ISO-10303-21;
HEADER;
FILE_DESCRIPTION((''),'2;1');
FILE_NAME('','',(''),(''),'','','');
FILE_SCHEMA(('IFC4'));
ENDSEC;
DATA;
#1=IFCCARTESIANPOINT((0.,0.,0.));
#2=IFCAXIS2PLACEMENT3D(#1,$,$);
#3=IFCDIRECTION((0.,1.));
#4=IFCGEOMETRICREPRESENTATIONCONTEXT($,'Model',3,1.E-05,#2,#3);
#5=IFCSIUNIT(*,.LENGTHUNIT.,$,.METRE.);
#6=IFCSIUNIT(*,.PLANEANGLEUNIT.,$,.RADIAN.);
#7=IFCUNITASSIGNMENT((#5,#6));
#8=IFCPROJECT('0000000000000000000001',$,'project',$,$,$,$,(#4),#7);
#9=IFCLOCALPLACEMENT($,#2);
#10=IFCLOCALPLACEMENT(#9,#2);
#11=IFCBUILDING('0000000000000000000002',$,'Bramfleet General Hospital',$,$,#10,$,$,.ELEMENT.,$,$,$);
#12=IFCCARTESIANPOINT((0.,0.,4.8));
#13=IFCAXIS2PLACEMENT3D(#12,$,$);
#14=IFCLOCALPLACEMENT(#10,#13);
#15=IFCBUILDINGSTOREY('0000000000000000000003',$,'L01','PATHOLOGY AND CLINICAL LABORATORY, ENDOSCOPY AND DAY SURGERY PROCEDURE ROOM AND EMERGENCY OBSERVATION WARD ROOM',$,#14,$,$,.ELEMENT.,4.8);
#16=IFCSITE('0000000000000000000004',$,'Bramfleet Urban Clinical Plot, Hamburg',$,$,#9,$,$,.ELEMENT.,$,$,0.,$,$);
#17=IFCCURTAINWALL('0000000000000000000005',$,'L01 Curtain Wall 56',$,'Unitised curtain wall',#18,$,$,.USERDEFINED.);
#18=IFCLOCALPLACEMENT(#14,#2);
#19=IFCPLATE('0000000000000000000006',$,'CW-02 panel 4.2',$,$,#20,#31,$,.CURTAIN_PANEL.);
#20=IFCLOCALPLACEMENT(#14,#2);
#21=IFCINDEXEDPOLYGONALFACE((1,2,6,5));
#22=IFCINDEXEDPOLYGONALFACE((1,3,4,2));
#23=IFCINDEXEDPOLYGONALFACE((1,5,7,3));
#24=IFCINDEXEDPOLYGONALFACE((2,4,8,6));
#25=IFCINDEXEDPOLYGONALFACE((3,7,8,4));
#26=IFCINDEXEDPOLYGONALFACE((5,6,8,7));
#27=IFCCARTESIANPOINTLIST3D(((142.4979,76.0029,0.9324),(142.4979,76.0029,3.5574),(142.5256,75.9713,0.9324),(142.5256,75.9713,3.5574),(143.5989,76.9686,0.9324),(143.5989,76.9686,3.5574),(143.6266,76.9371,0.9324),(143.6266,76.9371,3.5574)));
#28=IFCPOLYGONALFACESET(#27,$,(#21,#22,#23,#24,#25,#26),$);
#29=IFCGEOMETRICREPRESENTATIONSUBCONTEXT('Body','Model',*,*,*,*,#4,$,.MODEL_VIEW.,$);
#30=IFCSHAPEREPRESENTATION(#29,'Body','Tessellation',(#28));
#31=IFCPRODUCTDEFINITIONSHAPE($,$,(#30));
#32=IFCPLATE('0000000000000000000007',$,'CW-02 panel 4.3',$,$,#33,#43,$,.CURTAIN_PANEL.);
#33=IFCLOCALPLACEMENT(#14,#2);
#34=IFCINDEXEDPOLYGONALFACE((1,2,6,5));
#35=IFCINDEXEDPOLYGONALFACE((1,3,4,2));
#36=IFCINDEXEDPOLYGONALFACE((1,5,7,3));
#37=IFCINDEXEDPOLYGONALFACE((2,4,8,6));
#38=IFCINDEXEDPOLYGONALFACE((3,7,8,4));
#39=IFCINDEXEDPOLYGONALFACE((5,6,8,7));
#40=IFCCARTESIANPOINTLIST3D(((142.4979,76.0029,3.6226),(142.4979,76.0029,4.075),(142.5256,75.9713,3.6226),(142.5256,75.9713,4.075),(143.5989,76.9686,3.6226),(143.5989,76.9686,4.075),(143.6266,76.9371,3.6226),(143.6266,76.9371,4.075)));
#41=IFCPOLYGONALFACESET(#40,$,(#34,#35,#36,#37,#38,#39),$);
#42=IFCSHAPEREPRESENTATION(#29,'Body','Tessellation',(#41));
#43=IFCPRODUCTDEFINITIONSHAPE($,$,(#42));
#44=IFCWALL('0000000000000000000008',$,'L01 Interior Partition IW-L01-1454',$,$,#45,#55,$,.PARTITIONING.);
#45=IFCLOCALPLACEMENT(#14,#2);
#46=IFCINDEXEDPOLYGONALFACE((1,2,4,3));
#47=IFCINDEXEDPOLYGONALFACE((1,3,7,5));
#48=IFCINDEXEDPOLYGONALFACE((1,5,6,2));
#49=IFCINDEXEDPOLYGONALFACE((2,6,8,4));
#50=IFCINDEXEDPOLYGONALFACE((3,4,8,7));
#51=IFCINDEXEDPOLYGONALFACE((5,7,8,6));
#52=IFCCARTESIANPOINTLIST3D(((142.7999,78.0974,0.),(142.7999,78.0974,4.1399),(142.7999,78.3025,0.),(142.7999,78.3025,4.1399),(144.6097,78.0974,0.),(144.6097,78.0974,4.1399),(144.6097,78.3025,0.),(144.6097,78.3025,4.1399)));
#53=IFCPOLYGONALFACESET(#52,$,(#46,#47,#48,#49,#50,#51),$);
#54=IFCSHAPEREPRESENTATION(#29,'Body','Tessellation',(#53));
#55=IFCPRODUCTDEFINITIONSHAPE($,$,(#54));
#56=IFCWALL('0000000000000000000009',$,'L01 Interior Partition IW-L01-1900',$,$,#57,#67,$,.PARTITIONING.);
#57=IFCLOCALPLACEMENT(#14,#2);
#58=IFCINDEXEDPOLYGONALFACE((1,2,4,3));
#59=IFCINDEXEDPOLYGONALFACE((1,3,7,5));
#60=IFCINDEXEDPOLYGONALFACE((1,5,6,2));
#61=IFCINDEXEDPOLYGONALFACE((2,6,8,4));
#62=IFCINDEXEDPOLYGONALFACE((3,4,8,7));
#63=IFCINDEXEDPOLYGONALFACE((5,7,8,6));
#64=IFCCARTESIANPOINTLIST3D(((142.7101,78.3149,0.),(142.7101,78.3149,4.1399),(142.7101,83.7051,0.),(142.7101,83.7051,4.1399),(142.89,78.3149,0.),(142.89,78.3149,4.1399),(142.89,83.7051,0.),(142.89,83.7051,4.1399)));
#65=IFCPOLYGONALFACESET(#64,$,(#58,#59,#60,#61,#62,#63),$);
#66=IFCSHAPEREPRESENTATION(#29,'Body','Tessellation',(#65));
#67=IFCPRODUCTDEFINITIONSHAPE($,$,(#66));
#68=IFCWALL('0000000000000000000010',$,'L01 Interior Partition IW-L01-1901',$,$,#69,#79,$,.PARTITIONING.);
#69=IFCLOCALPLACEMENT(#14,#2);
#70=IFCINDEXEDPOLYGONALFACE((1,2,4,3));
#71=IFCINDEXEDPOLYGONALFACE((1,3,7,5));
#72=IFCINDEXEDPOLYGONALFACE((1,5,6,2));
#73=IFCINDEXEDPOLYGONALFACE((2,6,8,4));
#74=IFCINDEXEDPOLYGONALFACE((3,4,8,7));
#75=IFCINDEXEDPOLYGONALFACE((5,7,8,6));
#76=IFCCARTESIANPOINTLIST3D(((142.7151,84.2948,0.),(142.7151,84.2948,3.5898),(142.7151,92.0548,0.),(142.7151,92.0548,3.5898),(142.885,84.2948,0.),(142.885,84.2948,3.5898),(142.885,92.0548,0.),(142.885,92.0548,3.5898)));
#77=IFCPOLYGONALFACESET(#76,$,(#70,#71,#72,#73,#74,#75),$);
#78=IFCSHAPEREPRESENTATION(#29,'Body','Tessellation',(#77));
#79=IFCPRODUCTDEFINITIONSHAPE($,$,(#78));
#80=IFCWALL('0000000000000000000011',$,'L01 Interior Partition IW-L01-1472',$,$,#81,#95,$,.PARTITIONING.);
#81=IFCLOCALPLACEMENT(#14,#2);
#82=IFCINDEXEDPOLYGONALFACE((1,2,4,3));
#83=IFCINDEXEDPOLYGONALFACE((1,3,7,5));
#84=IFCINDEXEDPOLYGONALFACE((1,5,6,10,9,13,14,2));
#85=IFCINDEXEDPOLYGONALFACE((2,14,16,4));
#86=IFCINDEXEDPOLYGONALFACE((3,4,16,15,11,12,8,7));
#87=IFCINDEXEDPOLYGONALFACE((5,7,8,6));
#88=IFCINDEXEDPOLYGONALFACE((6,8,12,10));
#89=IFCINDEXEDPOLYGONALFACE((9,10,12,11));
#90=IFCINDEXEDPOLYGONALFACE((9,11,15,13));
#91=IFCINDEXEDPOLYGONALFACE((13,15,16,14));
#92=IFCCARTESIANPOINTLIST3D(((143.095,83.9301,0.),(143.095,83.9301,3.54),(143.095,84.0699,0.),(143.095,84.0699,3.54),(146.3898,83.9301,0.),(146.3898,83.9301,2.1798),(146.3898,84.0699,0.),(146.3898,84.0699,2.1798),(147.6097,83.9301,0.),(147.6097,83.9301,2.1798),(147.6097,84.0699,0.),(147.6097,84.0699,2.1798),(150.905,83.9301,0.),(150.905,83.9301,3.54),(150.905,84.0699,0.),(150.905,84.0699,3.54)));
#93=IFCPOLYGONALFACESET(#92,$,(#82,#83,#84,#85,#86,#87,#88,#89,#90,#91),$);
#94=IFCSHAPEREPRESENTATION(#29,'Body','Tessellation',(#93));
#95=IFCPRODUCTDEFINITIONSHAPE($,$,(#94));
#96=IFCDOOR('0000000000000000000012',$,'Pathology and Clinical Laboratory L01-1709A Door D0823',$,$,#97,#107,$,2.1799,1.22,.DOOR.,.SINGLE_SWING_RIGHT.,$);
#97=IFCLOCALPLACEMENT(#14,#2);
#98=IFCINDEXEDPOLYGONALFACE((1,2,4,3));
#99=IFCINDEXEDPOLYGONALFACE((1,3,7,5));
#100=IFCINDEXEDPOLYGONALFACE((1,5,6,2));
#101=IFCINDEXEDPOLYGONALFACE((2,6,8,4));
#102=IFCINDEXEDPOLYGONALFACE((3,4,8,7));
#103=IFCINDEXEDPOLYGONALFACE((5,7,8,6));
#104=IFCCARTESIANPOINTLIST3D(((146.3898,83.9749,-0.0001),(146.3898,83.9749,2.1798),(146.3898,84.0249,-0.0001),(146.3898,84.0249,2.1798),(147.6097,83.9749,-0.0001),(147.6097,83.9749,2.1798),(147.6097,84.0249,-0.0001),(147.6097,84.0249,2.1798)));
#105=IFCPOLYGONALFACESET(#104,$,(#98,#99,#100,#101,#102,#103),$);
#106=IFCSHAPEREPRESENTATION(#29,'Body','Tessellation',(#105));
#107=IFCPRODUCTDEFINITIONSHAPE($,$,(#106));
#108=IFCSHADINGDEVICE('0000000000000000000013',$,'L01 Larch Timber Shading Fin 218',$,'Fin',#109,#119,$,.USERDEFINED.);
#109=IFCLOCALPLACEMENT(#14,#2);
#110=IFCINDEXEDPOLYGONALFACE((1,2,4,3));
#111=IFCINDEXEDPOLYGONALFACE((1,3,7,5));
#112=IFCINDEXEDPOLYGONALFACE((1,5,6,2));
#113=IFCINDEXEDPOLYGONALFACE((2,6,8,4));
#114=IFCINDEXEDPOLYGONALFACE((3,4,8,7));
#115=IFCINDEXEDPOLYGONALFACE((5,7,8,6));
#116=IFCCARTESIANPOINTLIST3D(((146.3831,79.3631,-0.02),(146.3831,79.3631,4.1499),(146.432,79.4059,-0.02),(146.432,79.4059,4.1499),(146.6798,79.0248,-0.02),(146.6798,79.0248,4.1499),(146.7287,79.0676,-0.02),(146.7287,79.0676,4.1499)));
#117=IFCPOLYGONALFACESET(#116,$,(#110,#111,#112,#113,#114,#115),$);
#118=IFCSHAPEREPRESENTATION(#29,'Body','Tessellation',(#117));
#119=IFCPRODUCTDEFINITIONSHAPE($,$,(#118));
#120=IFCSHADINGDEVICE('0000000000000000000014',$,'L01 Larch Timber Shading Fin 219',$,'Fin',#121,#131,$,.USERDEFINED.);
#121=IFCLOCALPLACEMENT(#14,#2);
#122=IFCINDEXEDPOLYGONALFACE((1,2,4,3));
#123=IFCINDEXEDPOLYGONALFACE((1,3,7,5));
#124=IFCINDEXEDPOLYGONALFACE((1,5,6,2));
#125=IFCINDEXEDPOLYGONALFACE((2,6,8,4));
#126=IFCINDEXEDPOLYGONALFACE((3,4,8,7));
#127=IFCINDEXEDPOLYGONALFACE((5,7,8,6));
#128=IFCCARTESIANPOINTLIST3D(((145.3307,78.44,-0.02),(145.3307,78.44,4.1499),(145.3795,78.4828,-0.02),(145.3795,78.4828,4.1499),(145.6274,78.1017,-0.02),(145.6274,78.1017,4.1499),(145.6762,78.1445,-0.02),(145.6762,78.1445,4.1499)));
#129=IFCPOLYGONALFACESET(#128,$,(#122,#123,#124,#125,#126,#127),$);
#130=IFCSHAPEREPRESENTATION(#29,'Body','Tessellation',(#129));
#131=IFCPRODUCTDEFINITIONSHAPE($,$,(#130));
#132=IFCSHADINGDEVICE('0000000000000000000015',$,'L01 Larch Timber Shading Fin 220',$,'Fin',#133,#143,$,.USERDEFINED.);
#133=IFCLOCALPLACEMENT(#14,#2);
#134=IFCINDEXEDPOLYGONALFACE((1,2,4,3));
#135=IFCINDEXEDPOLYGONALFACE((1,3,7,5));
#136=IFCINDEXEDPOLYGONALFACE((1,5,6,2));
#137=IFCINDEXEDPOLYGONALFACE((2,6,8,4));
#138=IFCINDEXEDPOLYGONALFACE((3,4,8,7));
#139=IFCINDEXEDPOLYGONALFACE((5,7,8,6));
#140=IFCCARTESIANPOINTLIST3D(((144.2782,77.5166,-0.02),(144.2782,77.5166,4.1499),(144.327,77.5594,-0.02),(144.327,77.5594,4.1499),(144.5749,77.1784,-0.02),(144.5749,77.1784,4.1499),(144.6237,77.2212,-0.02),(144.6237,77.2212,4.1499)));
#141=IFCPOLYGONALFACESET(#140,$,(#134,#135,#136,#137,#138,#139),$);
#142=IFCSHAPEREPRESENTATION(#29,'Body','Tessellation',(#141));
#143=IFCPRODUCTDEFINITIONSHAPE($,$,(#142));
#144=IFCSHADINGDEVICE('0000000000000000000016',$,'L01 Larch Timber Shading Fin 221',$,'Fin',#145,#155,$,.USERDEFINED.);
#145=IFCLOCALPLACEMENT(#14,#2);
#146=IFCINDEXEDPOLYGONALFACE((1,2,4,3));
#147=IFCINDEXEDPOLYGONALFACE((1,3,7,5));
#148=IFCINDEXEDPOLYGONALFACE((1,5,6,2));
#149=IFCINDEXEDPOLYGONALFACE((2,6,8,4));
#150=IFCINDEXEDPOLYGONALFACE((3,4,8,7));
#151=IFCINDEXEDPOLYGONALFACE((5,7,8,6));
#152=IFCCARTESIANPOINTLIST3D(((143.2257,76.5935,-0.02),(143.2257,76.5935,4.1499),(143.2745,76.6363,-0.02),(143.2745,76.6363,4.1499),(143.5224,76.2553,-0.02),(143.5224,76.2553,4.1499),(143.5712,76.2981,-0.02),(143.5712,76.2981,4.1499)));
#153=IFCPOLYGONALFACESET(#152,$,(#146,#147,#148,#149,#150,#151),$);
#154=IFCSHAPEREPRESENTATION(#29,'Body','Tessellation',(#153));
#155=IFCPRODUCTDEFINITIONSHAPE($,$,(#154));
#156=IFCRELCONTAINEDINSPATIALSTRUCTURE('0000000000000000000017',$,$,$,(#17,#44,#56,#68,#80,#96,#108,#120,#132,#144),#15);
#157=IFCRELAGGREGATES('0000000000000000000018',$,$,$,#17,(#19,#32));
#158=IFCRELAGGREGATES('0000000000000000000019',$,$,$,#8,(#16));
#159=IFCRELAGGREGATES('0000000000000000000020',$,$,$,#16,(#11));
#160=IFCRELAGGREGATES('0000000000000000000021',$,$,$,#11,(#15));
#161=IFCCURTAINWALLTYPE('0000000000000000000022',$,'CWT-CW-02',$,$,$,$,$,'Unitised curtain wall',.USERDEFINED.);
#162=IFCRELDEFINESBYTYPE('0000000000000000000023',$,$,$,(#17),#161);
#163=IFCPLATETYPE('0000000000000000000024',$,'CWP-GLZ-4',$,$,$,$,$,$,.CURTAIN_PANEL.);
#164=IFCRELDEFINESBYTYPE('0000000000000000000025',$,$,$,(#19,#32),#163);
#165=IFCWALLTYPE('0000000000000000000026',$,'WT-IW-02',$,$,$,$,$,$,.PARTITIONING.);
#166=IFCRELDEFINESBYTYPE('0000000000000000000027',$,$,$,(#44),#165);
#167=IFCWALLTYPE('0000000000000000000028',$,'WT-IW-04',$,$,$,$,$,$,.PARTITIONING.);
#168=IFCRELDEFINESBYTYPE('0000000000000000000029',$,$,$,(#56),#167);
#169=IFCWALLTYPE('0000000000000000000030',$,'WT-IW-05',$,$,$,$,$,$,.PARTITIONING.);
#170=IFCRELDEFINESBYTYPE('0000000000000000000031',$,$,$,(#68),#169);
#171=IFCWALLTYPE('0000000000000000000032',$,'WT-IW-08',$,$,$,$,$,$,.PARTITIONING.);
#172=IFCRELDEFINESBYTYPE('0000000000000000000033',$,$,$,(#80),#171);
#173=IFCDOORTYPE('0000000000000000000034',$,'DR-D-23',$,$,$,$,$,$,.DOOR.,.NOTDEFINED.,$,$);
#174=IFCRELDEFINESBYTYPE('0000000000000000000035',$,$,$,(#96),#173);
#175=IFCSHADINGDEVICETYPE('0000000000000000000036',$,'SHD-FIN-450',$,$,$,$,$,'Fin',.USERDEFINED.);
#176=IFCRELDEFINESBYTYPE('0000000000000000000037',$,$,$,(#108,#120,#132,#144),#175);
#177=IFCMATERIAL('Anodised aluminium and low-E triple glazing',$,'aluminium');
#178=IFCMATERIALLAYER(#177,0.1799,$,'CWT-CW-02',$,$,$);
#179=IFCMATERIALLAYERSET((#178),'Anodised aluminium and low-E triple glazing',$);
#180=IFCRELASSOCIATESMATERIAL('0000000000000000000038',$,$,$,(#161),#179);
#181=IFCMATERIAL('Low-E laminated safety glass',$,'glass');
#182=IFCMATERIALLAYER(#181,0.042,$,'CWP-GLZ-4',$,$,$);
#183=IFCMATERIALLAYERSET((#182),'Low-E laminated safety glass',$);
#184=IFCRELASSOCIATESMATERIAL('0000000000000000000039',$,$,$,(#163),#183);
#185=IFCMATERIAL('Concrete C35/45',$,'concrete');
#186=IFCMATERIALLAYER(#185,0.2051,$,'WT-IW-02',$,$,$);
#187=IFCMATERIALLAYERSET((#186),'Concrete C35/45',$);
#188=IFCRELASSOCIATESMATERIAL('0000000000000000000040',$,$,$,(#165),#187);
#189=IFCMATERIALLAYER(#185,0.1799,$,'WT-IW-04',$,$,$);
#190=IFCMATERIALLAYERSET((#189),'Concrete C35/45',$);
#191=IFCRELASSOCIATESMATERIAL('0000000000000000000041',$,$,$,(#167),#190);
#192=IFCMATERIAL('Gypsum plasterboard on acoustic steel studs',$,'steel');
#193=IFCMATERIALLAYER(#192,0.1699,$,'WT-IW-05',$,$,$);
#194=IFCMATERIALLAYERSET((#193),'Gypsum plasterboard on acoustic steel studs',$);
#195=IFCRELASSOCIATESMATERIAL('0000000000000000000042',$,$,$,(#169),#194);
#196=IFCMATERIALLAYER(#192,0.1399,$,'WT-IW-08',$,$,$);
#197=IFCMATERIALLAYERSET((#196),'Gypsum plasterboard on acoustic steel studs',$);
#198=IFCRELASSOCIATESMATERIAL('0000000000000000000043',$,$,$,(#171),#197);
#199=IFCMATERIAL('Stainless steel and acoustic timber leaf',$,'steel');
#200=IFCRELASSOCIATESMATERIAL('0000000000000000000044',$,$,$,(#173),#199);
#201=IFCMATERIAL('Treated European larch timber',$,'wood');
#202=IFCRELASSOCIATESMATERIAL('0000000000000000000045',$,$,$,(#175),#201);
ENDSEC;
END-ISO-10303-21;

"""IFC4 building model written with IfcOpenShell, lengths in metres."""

from ifc_helpers import new_model, si_unit, direction, frame, frame_2d, origin, origin_2d, place, context, subcontext, project, spatial, rectangle, extrude, material, layer, layer_set, material_profile, profile_set, type_object, element, fill, aggregate, save


model = new_model("IFC4")

# Units and contexts
model_context = context("Model", 3, precision=1e-05, world=origin(), true_north=direction((0.0, 1.0)))
body_context = subcontext(model_context, "Body", "Model", "MODEL_VIEW")
ifc_project = project(units=[si_unit("LENGTHUNIT", "METRE"), si_unit("PLANEANGLEUNIT", "RADIAN")], contexts=[model_context])

# Site, building, storey
site_placement = place(None, origin())
site = spatial("IfcSite", under=ifc_project, at=site_placement, Name="Bramfleet Urban Clinical Plot, Hamburg", CompositionType="ELEMENT", RefElevation=0.0)
building_placement = place(site_placement, origin())
building = spatial("IfcBuilding", under=site, at=building_placement, Name="Bramfleet General Hospital", CompositionType="ELEMENT")
storey_placement = place(building_placement, frame((0.0, 0.0, 4.8)))
storey = spatial("IfcBuildingStorey", under=building, at=storey_placement, Name="L01", Description="PATHOLOGY AND CLINICAL LABORATORY, ENDOSCOPY AND DAY SURGERY PROCEDURE ROOM AND EMERGENCY OBSERVATION WARD ROOM", CompositionType="ELEMENT", Elevation=4.8)

# Shared definitions
ifc_material_1 = material(Name="Concrete C35/45", Category="concrete")

# Curtain wall
ifc_material_2 = material(Name="Anodised aluminium and low-E triple glazing", Category="aluminium")
ifc_layer_1 = layer(ifc_material_2, 0.1799, Name="CWT-CW-02")
ifc_layer_set_1 = layer_set([ifc_layer_1], Name="Anodised aluminium and low-E triple glazing")
curtain_wall_type_1 = type_object("IfcCurtainWallType", Name="CWT-CW-02", ElementType="Unitised curtain wall", PredefinedType="USERDEFINED", material=ifc_layer_set_1)
curtain_wall_1_placement = place(storey_placement, origin())
curtain_wall_1 = element("IfcCurtainWall", 1, at=curtain_wall_1_placement, inside=storey, type_object=curtain_wall_type_1, Name="L01 Curtain Wall 56", ObjectType="Unitised curtain wall", PredefinedType="USERDEFINED")

# Plates
ifc_material_3 = material(Name="Low-E laminated safety glass", Category="glass")
ifc_layer_2 = layer(ifc_material_3, 0.042, Name="CWP-GLZ-4")
ifc_layer_set_2 = layer_set([ifc_layer_2], Name="Low-E laminated safety glass")
plate_type = type_object("IfcPlateType", Name="CWP-GLZ-4", PredefinedType="CURTAIN_PANEL", material=ifc_layer_set_2)
plate_1_placement = place(storey_placement, frame((143.0623, 76.47, 0.9324), z_axis=(0.0, 0.0, 1.0), x_axis=(-0.751787, -0.659406, 0.0)))
plate_1 = element("IfcPlate", 2, at=plate_1_placement, type_object=plate_type, Name="CW-02 panel 4.2", PredefinedType="CURTAIN_PANEL", context=body_context, shape_type="SweptSolid", body=[
    extrude(rectangle(XDim=1.4646, YDim=0.042, at=origin_2d()), origin(), (0.0, 0.0, 1.0), 2.625),
])
plate_2_placement = place(storey_placement, frame((143.0623, 76.47, 3.6226), z_axis=(0.0, 0.0, 1.0), x_axis=(-0.751787, -0.659406, 0.0)))
plate_2 = element("IfcPlate", 3, at=plate_2_placement, type_object=plate_type, Name="CW-02 panel 4.3", PredefinedType="CURTAIN_PANEL", context=body_context, shape_type="SweptSolid", body=[
    extrude(rectangle(XDim=1.4646, YDim=0.042, at=origin_2d()), origin(), (0.0, 0.0, 1.0), 0.4524),
])
aggregate(curtain_wall_1, [plate_1, plate_2])

# Walls
ifc_layer_3 = layer(ifc_material_1, 0.2051, Name="WT-IW-02")
ifc_layer_set_3 = layer_set([ifc_layer_3], Name="Concrete C35/45")
wall_type_1 = type_object("IfcWallType", Name="WT-IW-02", PredefinedType="PARTITIONING", material=ifc_layer_set_3)
wall_1_placement = place(storey_placement, frame((142.8, 78.2, 0.0), z_axis=(0.0, 0.0, 1.0), x_axis=(1.0, 0.0, 0.0)))
element("IfcWall", 4, at=wall_1_placement, inside=storey, type_object=wall_type_1, Name="L01 Interior Partition IW-L01-1454", PredefinedType="PARTITIONING", context=body_context, shape_type="SweptSolid", body=[
    extrude(rectangle(XDim=1.8098, YDim=0.2051, at=frame_2d((0.9048, 0.0))), origin(), (0.0, 0.0, 1.0), 4.1399),
])
ifc_layer_4 = layer(ifc_material_1, 0.1799, Name="WT-IW-04")
ifc_layer_set_4 = layer_set([ifc_layer_4], Name="Concrete C35/45")
wall_type_2 = type_object("IfcWallType", Name="WT-IW-04", PredefinedType="PARTITIONING", material=ifc_layer_set_4)
wall_2_placement = place(storey_placement, frame((142.8, 78.3149, 0.0), z_axis=(0.0, 0.0, 1.0), x_axis=(0.0, 1.0, 0.0)))
element("IfcWall", 5, at=wall_2_placement, inside=storey, type_object=wall_type_2, Name="L01 Interior Partition IW-L01-1900", PredefinedType="PARTITIONING", context=body_context, shape_type="SweptSolid", body=[
    extrude(rectangle(XDim=5.3901, YDim=0.1799, at=frame_2d((2.6951, 0.0))), origin(), (0.0, 0.0, 1.0), 4.1399),
])
ifc_material_4 = material(Name="Gypsum plasterboard on acoustic steel studs", Category="steel")
ifc_layer_5 = layer(ifc_material_4, 0.1699, Name="WT-IW-05")
ifc_layer_set_5 = layer_set([ifc_layer_5], Name="Gypsum plasterboard on acoustic steel studs")
wall_type_3 = type_object("IfcWallType", Name="WT-IW-05", PredefinedType="PARTITIONING", material=ifc_layer_set_5)
wall_3_placement = place(storey_placement, frame((142.8, 84.2949, 0.0), z_axis=(0.0, 0.0, 1.0), x_axis=(0.0, 1.0, 0.0)))
element("IfcWall", 6, at=wall_3_placement, inside=storey, type_object=wall_type_3, Name="L01 Interior Partition IW-L01-1901", PredefinedType="PARTITIONING", context=body_context, shape_type="SweptSolid", body=[
    extrude(rectangle(XDim=7.76, YDim=0.1699, at=frame_2d((3.8799, 0.0))), origin(), (0.0, 0.0, 1.0), 3.5898),
])

# Wall, opening, door
ifc_layer_6 = layer(ifc_material_4, 0.1399, Name="WT-IW-08")
ifc_layer_set_6 = layer_set([ifc_layer_6], Name="Gypsum plasterboard on acoustic steel studs")
wall_type_4 = type_object("IfcWallType", Name="WT-IW-08", PredefinedType="PARTITIONING", material=ifc_layer_set_6)
wall_4_placement = place(storey_placement, frame((143.095, 84.0, 0.0), z_axis=(0.0, 0.0, 1.0), x_axis=(1.0, 0.0, 0.0)))
wall_4 = element("IfcWall", 7, at=wall_4_placement, inside=storey, type_object=wall_type_4, Name="L01 Interior Partition IW-L01-1472", PredefinedType="PARTITIONING", context=body_context, shape_type="SweptSolid", body=[
    extrude(rectangle(XDim=7.8101, YDim=0.1399, at=frame_2d((3.905, 0.0))), origin(), (0.0, 0.0, 1.0), 3.54),
])
opening_placement = place(wall_4_placement, frame((3.2949, 0.0, 0.0)))
opening = element("IfcOpeningElement", 8, at=opening_placement, cuts=wall_4, PredefinedType="OPENING", context=body_context, shape_type="SweptSolid", body=[
    extrude(rectangle(XDim=1.22, YDim=2.1799, at=frame_2d((0.6099, 1.0898))), frame((0.0, 0.0798, 0.0), z_axis=(0.0, -1.0, 0.0), x_axis=(1.0, 0.0, 0.0)), (0.0, 0.0, 1.0), 0.1599),
])
ifc_material_5 = material(Name="Stainless steel and acoustic timber leaf", Category="steel")
door_type = type_object("IfcDoorType", Name="DR-D-23", OperationType="NOTDEFINED", PredefinedType="DOOR", material=ifc_material_5)
door_placement = place(opening_placement, origin())
door = element("IfcDoor", 9, at=door_placement, inside=storey, type_object=door_type, Name="Pathology and Clinical Laboratory L01-1709A Door D0823", OperationType="SINGLE_SWING_RIGHT", OverallHeight=2.1799, OverallWidth=1.22, PredefinedType="DOOR", context=body_context, shape_type="SweptSolid", body=[
    extrude(rectangle(XDim=1.22, YDim=2.1799, at=frame_2d((0.6099, 1.0898))), frame((0.0, 0.0249, 0.0), z_axis=(0.0, -1.0, 0.0), x_axis=(1.0, 0.0, 0.0)), (0.0, 0.0, 1.0), 0.05),
])
fill(opening, door)

# Shading devices
ifc_material_6 = material(Name="Treated European larch timber", Category="wood")
ifc_material_profile_1 = material_profile(ifc_material_6, rectangle(XDim=0.0649, YDim=0.45, at=origin_2d()), Name="LARCH FIN 450x65")
ifc_profile_set_1 = profile_set([ifc_material_profile_1], Name="Treated European larch timber")
shading_device_type = type_object("IfcShadingDeviceType", Name="SHD-FIN-450", ElementType="Fin", PredefinedType="USERDEFINED", material=ifc_profile_set_1)
for number, where, z_axis, x_axis, name in (
    (10, (146.5559, 79.2153, -0.02), (0.0, 0.0, 1.0), (-0.751787, -0.659406, 0.0), "L01 Larch Timber Shading Fin 218"),
    (11, (145.5034, 78.2922, -0.02), (0.0, 0.0, 1.0), (-0.751787, -0.659406, 0.0), "L01 Larch Timber Shading Fin 219"),
    (12, (144.4509, 77.3689, -0.02), (0.0, 0.0, 1.0), (-0.751787, -0.659406, 0.0), "L01 Larch Timber Shading Fin 220"),
    (13, (143.3984, 76.4458, -0.02), (0.0, 0.0, 1.0), (-0.751787, -0.659406, 0.0), "L01 Larch Timber Shading Fin 221"),
):
    element("IfcShadingDevice", number, at=place(storey_placement, frame(where, z_axis=z_axis, x_axis=x_axis)), inside=storey, type_object=shading_device_type, Name=name, ObjectType="Fin", PredefinedType="USERDEFINED", context=body_context, shape_type="SweptSolid", body=[
        extrude(rectangle(XDim=0.0649, YDim=0.45, at=origin_2d()), origin(), (0.0, 0.0, 1.0), 4.1699),
    ])

save(model, "model.ifc")
